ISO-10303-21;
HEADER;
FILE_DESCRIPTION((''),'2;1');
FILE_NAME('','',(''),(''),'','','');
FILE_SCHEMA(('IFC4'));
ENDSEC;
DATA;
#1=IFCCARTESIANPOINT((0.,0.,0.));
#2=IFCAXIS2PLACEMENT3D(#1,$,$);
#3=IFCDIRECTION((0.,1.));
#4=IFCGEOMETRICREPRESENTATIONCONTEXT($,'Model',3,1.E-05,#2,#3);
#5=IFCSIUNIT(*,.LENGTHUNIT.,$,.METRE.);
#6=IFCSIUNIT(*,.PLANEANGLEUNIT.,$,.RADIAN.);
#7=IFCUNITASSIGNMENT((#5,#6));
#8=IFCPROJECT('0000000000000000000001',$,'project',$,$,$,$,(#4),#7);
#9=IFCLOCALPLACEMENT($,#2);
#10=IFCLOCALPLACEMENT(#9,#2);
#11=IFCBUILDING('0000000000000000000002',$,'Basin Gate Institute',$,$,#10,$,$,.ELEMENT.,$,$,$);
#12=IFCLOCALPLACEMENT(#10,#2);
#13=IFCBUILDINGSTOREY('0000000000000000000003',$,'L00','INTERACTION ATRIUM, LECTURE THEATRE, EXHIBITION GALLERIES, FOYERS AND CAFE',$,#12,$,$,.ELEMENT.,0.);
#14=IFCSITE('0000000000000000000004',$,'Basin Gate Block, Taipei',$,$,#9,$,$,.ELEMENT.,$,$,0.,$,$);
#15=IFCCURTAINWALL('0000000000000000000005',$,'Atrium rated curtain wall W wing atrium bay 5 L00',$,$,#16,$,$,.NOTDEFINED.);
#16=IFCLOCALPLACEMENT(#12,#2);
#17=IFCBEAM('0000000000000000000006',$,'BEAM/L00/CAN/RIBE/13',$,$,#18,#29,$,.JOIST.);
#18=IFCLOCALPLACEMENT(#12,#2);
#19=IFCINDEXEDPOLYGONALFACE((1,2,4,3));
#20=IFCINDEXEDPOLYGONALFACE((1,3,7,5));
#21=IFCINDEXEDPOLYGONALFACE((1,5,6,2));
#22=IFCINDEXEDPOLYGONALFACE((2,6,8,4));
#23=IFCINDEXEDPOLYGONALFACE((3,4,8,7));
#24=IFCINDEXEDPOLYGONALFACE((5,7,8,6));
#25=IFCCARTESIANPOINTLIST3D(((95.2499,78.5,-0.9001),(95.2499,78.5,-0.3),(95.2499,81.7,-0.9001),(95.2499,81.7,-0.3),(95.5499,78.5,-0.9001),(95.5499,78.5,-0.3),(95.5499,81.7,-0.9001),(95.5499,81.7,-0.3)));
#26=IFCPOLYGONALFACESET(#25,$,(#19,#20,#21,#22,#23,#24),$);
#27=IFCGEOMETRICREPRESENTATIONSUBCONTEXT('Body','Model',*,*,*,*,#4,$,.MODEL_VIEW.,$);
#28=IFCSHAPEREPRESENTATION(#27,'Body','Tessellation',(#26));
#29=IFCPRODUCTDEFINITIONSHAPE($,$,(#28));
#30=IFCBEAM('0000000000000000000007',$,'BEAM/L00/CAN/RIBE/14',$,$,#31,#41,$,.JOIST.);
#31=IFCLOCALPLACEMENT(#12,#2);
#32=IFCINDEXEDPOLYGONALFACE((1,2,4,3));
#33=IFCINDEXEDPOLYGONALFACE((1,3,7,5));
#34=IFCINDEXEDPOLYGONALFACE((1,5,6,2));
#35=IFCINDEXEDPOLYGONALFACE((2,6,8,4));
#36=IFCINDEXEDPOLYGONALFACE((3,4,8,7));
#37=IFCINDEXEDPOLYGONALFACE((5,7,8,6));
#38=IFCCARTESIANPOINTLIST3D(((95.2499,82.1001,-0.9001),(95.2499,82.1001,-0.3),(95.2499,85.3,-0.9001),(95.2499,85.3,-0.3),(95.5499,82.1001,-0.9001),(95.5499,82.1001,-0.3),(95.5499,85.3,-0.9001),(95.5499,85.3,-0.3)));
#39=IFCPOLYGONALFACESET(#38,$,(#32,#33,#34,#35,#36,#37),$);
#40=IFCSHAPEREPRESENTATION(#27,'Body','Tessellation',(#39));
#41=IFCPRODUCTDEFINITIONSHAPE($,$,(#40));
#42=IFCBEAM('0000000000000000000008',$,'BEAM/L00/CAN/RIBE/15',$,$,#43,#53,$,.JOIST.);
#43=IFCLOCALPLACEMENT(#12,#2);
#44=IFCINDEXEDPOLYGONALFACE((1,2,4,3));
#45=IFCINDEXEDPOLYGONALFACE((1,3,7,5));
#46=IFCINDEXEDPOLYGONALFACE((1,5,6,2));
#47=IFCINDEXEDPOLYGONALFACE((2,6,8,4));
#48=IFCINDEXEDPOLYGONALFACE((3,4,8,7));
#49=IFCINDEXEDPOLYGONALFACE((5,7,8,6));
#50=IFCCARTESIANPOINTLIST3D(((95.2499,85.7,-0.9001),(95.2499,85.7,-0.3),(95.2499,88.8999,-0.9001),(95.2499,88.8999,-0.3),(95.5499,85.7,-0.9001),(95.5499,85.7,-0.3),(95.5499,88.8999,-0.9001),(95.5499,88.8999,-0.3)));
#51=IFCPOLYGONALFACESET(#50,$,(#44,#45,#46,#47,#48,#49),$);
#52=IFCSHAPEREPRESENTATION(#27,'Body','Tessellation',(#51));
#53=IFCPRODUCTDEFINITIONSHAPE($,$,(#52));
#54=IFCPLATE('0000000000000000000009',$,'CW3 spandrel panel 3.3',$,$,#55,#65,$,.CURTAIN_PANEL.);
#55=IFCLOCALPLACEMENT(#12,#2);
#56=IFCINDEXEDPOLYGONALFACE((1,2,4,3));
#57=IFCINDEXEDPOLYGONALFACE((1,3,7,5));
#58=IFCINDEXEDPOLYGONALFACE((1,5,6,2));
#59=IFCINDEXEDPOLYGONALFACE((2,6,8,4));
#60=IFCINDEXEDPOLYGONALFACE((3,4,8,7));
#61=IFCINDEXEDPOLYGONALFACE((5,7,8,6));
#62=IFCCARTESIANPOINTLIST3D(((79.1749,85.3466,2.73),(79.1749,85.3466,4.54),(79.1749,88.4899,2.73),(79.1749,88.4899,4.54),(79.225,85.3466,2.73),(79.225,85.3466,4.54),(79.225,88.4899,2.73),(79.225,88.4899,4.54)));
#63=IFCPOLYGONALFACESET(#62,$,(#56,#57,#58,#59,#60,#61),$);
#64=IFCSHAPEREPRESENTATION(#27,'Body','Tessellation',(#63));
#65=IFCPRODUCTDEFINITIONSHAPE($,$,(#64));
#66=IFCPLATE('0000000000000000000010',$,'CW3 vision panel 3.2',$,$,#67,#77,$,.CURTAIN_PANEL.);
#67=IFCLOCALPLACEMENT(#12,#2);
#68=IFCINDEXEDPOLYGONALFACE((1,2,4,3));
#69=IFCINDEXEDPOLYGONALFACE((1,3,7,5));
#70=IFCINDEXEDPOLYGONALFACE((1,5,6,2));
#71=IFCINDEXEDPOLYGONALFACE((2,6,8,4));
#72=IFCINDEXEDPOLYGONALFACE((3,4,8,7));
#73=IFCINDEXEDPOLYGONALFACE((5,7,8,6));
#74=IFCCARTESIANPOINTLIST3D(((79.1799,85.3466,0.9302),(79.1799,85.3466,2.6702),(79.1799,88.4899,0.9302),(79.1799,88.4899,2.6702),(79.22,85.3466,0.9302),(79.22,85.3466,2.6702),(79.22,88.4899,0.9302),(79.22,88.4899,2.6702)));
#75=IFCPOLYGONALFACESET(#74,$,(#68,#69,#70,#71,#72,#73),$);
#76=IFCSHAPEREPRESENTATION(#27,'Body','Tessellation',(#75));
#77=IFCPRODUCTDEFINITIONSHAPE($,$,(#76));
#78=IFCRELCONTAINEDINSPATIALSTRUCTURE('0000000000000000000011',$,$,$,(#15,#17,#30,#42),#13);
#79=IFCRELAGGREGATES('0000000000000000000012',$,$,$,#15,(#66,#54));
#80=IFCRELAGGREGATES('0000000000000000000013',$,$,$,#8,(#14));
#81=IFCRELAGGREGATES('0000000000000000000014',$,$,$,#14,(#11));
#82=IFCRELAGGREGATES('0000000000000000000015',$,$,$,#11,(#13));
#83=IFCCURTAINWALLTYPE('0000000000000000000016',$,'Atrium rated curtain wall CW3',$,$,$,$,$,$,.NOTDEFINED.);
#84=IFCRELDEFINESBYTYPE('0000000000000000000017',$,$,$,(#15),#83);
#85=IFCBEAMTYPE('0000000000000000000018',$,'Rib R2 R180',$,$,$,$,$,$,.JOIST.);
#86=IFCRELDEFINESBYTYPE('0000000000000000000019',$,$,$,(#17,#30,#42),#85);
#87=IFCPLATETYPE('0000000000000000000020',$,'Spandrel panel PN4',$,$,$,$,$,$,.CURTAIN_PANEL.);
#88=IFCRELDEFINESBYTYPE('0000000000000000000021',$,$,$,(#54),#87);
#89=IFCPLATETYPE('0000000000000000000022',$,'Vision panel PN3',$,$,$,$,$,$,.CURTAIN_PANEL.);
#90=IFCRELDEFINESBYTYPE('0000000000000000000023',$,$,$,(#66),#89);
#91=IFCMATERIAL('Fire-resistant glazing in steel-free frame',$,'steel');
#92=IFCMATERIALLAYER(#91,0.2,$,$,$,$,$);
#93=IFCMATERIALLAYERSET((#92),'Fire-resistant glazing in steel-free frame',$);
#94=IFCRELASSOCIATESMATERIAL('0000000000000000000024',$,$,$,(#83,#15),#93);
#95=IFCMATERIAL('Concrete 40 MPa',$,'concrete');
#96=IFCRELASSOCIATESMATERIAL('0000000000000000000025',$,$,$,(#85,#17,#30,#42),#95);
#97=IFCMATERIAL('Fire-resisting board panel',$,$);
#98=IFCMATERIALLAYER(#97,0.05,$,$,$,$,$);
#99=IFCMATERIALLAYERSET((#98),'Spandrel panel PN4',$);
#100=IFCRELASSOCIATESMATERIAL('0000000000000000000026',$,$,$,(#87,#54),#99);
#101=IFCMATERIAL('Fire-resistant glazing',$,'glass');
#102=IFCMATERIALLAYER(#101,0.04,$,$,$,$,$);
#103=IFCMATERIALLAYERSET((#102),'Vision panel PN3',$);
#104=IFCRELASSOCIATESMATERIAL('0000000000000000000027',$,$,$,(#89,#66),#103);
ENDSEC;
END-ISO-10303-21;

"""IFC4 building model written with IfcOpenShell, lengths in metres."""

from ifc_helpers import new_model, si_unit, direction, frame, origin, origin_2d, place, context, subcontext, project, spatial, rectangle, extrude, material, layer, layer_set, material_profile, profile_set, type_object, element, aggregate, save


model = new_model("IFC4")

# Units and contexts
model_context = context("Model", 3, precision=1e-05, world=origin(), true_north=direction((0.0, 1.0)))
body_context = subcontext(model_context, "Body", "Model", "MODEL_VIEW")
ifc_project = project(units=[si_unit("LENGTHUNIT", "METRE"), si_unit("PLANEANGLEUNIT", "RADIAN")], contexts=[model_context])

# Site, building, storey
site_placement = place(None, origin())
site = spatial("IfcSite", under=ifc_project, at=site_placement, Name="Basin Gate Block, Taipei", CompositionType="ELEMENT", RefElevation=0.0)
building_placement = place(site_placement, origin())
building = spatial("IfcBuilding", under=site, at=building_placement, Name="Basin Gate Institute", CompositionType="ELEMENT")
storey_placement = place(building_placement, origin())
storey = spatial("IfcBuildingStorey", under=building, at=storey_placement, Name="L00", Description="INTERACTION ATRIUM, LECTURE THEATRE, EXHIBITION GALLERIES, FOYERS AND CAFE", CompositionType="ELEMENT", Elevation=0.0)

# Curtain wall
ifc_material_1 = material(Name="Fire-resistant glazing in steel-free frame", Category="steel")
ifc_layer_1 = layer(ifc_material_1, 0.2)
ifc_layer_set_1 = layer_set([ifc_layer_1], Name="Fire-resistant glazing in steel-free frame")
curtain_wall_type = type_object("IfcCurtainWallType", Name="Atrium rated curtain wall CW3", PredefinedType="NOTDEFINED", material=ifc_layer_set_1)
curtain_wall_placement = place(storey_placement, origin())
curtain_wall = element("IfcCurtainWall", 1, at=curtain_wall_placement, inside=storey, type_object=curtain_wall_type, material=ifc_layer_set_1, Name="Atrium rated curtain wall W wing atrium bay 5 L00", PredefinedType="NOTDEFINED")

# Beams
ifc_material_2 = material(Name="Concrete 40 MPa", Category="concrete")
ifc_material_profile_1 = material_profile(ifc_material_2, rectangle(XDim=0.3, YDim=0.6001, at=origin_2d()), Name="Rib R2 300 x 600")
ifc_profile_set_1 = profile_set([ifc_material_profile_1], Name="Concrete 40 MPa")
beam_type_1 = type_object("IfcBeamType", Name="Rib R2 R180", PredefinedType="JOIST", material=ifc_profile_set_1)
for number, where, z_axis, x_axis, name in (
    (2, (95.3999, 78.5, -0.6001), (0.0, 1.0, 0.0), (-1.0, 0.0, 0.0), "BEAM/L00/CAN/RIBE/13"),
    (3, (95.3999, 82.1001, -0.6001), (0.0, 1.0, 0.0), (-1.0, 0.0, 0.0), "BEAM/L00/CAN/RIBE/14"),
    (4, (95.3999, 85.7, -0.6001), (0.0, 1.0, 0.0), (-1.0, 0.0, 0.0), "BEAM/L00/CAN/RIBE/15"),
):
    element("IfcBeam", number, at=place(storey_placement, frame(where, z_axis=z_axis, x_axis=x_axis)), inside=storey, type_object=beam_type_1, material=ifc_profile_set_1, Name=name, PredefinedType="JOIST", context=body_context, shape_type="SweptSolid", body=[
        extrude(rectangle(XDim=0.3, YDim=0.6001, at=origin_2d()), origin(), (0.0, 0.0, 1.0), 3.2),
    ])

# Plates
ifc_material_3 = material(Name="Fire-resisting board panel")
ifc_layer_2 = layer(ifc_material_3, 0.05)
ifc_layer_set_2 = layer_set([ifc_layer_2], Name="Spandrel panel PN4")
plate_type_1 = type_object("IfcPlateType", Name="Spandrel panel PN4", PredefinedType="CURTAIN_PANEL", material=ifc_layer_set_2)
plate_1_placement = place(storey_placement, frame((79.2, 86.9182, 2.73), z_axis=(0.0, 0.0, 1.0), x_axis=(0.0, 1.0, 0.0)))
plate_1 = element("IfcPlate", 5, at=plate_1_placement, type_object=plate_type_1, material=ifc_layer_set_2, Name="CW3 spandrel panel 3.3", PredefinedType="CURTAIN_PANEL", context=body_context, shape_type="SweptSolid", body=[
    extrude(rectangle(XDim=3.1433, YDim=0.05, at=origin_2d()), origin(), (0.0, 0.0, 1.0), 1.8101),
])
ifc_material_4 = material(Name="Fire-resistant glazing", Category="glass")
ifc_layer_3 = layer(ifc_material_4, 0.04)
ifc_layer_set_3 = layer_set([ifc_layer_3], Name="Vision panel PN3")
plate_type_2 = type_object("IfcPlateType", Name="Vision panel PN3", PredefinedType="CURTAIN_PANEL", material=ifc_layer_set_3)
plate_2_placement = place(storey_placement, frame((79.2, 86.9182, 0.9302), z_axis=(0.0, 0.0, 1.0), x_axis=(0.0, 1.0, 0.0)))
plate_2 = element("IfcPlate", 6, at=plate_2_placement, type_object=plate_type_2, material=ifc_layer_set_3, Name="CW3 vision panel 3.2", PredefinedType="CURTAIN_PANEL", context=body_context, shape_type="SweptSolid", body=[
    extrude(rectangle(XDim=3.1433, YDim=0.04, at=origin_2d()), origin(), (0.0, 0.0, 1.0), 1.74),
])
aggregate(curtain_wall, [plate_2, plate_1])

save(model, "model.ifc")
